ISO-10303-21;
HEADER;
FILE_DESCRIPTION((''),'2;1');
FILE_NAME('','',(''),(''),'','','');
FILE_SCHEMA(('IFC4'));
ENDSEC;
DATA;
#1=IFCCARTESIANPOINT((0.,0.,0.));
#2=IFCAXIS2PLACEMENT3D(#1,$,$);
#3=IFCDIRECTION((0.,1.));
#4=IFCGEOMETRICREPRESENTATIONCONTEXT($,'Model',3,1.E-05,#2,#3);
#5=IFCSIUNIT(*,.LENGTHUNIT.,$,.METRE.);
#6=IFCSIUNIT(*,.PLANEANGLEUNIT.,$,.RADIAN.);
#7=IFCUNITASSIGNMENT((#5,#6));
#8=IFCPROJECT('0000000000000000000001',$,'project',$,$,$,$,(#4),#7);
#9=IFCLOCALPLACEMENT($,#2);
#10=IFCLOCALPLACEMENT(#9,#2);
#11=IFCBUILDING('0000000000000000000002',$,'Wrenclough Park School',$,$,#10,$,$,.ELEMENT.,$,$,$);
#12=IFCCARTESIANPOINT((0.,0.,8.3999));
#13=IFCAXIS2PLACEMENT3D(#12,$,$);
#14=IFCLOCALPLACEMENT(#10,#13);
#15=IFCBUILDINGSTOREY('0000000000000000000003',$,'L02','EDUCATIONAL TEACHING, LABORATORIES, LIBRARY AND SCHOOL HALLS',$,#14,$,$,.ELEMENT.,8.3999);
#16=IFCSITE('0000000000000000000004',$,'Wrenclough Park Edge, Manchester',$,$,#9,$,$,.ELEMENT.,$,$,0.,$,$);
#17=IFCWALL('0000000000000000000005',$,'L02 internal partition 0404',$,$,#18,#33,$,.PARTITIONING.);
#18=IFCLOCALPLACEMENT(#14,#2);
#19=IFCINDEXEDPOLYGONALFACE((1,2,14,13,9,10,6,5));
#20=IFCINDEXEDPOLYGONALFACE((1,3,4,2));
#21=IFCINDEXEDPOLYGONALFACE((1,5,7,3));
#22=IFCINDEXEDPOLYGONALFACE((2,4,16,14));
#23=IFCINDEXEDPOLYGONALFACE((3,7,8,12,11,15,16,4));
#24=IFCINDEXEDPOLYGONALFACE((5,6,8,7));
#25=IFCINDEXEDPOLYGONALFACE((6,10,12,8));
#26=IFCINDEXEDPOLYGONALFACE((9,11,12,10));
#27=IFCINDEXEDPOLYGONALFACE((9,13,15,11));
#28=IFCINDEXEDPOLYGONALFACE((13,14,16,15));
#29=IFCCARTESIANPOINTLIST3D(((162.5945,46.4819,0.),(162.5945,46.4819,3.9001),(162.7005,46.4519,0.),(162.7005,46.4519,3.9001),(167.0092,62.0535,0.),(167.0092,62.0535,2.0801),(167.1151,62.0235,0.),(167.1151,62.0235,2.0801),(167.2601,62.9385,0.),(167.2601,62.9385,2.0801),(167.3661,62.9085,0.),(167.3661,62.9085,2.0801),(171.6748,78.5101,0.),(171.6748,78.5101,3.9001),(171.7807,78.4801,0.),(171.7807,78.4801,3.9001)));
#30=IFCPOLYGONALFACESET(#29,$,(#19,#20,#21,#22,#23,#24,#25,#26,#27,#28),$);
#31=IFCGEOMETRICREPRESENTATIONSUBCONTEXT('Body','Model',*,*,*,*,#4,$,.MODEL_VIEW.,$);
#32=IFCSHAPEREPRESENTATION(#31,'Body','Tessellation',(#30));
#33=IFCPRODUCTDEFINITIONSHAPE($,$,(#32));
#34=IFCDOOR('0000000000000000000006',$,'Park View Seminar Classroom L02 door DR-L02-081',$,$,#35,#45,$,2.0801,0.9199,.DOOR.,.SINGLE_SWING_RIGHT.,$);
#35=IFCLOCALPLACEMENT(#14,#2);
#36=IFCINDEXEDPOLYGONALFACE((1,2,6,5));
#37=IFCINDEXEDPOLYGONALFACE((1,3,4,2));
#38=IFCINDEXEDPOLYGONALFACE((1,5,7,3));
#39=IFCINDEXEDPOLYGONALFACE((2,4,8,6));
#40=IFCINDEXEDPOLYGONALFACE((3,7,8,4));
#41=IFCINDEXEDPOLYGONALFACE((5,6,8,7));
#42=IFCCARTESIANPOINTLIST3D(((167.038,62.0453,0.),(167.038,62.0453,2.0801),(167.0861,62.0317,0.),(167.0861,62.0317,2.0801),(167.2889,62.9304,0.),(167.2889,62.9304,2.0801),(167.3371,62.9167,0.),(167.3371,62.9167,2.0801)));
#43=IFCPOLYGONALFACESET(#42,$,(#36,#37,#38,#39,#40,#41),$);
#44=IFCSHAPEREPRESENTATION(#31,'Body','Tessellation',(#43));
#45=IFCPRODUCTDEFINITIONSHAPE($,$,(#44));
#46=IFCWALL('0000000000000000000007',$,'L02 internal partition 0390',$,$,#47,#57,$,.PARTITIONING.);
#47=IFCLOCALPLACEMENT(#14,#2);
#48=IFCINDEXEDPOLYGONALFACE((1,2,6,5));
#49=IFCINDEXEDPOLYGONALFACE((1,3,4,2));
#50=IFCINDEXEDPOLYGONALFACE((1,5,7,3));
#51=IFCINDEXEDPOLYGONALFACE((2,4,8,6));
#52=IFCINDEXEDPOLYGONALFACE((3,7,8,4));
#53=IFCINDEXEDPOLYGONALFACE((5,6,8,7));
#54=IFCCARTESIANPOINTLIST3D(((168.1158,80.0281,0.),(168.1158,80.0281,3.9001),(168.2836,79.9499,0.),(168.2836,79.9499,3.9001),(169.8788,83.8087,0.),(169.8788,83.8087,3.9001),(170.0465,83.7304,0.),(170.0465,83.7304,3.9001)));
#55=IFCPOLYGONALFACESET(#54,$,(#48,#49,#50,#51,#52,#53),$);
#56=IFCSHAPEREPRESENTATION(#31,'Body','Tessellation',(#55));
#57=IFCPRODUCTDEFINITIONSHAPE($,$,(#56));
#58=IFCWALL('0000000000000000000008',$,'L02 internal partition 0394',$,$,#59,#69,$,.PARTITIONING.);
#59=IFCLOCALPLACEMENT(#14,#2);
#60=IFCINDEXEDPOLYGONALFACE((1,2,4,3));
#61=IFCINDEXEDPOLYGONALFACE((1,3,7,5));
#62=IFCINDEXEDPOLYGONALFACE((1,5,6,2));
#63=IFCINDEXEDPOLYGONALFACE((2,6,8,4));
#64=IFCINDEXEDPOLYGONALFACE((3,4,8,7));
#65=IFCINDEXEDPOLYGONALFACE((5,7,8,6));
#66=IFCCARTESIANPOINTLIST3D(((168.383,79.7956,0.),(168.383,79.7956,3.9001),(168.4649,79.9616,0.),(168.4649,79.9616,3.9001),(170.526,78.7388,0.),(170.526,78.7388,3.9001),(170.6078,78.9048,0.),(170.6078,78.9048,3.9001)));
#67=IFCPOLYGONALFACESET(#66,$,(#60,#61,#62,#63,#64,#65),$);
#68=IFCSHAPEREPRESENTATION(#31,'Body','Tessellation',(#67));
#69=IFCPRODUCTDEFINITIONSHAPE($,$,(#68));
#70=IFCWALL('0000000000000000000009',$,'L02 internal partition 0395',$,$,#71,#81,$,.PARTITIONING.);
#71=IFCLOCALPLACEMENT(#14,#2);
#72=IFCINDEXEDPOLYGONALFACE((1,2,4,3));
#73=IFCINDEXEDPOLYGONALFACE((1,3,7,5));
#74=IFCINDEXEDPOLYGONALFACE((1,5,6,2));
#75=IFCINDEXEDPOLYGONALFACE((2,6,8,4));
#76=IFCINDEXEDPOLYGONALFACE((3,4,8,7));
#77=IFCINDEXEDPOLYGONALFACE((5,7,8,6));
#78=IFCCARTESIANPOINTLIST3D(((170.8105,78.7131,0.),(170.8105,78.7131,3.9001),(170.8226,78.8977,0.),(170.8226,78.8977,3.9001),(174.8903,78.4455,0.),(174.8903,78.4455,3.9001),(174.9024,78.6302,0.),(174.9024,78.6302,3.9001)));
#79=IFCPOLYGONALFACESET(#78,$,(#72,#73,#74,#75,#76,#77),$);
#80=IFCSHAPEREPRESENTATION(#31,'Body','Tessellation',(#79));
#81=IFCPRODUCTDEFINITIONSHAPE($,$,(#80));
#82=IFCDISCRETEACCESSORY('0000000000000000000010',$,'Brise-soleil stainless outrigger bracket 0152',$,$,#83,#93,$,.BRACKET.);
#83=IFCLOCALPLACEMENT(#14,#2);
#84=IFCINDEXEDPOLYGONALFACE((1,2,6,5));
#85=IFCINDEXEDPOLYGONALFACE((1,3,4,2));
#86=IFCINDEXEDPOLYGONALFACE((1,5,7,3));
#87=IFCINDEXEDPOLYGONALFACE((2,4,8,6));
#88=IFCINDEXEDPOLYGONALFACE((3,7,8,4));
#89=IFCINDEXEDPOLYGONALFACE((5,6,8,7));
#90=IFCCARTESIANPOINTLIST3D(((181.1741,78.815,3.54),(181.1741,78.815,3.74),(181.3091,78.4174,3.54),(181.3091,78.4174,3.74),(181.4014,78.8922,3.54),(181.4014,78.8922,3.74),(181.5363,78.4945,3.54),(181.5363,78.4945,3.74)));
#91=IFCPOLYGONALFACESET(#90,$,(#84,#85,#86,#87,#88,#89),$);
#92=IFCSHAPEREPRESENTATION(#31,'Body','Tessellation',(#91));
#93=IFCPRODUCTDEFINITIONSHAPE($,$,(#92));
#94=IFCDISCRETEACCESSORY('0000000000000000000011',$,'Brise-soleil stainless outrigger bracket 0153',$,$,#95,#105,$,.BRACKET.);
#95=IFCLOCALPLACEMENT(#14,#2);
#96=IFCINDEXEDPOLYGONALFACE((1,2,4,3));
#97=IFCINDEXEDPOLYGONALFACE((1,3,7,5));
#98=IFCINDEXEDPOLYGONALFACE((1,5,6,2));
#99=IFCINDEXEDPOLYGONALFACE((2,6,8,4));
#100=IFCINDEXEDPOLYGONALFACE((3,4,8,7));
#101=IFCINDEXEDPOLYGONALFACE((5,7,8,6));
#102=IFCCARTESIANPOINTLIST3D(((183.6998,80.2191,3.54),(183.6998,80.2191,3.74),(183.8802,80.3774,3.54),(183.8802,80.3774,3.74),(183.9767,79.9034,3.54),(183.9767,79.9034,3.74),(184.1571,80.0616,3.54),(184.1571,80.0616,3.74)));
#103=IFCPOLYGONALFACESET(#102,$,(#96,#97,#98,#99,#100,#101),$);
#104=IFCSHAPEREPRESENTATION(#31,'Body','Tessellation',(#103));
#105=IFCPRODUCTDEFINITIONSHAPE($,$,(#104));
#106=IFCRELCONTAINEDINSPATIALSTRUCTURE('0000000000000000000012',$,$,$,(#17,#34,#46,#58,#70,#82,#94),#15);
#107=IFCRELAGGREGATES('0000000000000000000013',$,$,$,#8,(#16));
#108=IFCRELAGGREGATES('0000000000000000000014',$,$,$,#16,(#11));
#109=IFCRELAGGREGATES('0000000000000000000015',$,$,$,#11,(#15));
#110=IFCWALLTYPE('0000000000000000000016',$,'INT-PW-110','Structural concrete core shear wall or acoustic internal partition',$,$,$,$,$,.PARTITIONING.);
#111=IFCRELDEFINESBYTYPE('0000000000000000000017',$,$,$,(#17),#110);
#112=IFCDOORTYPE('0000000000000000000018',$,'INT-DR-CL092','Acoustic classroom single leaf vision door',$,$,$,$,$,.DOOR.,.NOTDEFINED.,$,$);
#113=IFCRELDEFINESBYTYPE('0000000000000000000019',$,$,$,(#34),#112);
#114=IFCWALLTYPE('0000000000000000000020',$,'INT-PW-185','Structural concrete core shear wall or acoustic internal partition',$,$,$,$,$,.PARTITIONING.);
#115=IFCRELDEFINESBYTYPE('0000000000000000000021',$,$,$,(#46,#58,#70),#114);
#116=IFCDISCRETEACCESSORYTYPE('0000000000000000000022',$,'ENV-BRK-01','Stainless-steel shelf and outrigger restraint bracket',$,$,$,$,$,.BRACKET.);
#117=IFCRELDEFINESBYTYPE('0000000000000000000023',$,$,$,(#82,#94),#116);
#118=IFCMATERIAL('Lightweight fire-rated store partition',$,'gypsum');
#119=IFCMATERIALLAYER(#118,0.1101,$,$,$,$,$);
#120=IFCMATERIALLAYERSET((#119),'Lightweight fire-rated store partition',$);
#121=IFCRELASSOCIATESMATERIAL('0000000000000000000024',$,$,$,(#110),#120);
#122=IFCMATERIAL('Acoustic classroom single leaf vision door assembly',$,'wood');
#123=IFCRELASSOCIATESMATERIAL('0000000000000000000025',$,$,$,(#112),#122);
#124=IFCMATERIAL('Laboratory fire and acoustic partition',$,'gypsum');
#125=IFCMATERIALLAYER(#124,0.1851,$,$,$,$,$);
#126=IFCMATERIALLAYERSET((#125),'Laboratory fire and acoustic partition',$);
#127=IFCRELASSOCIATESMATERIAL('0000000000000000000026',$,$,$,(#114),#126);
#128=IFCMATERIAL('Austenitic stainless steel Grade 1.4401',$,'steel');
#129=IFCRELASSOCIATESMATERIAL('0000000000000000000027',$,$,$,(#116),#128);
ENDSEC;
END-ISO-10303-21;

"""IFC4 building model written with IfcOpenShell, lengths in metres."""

from ifc_helpers import new_model, si_unit, direction, frame, frame_2d, origin, origin_2d, place, context, subcontext, project, spatial, rectangle, extrude, material, layer, layer_set, type_object, element, fill, save


model = new_model("IFC4")

# Units and contexts
model_context = context("Model", 3, precision=1e-05, world=origin(), true_north=direction((0.0, 1.0)))
body_context = subcontext(model_context, "Body", "Model", "MODEL_VIEW")
ifc_project = project(units=[si_unit("LENGTHUNIT", "METRE"), si_unit("PLANEANGLEUNIT", "RADIAN")], contexts=[model_context])

# Site, building, storey
site_placement = place(None, origin())
site = spatial("IfcSite", under=ifc_project, at=site_placement, Name="Wrenclough Park Edge, Manchester", CompositionType="ELEMENT", RefElevation=0.0)
building_placement = place(site_placement, origin())
building = spatial("IfcBuilding", under=site, at=building_placement, Name="Wrenclough Park School", CompositionType="ELEMENT")
storey_placement = place(building_placement, frame((0.0, 0.0, 8.3999)))
storey = spatial("IfcBuildingStorey", under=building, at=storey_placement, Name="L02", Description="EDUCATIONAL TEACHING, LABORATORIES, LIBRARY AND SCHOOL HALLS", CompositionType="ELEMENT", Elevation=8.3999)

# Wall, opening, door
ifc_material_1 = material(Name="Lightweight fire-rated store partition", Category="gypsum")
ifc_layer_1 = layer(ifc_material_1, 0.1101)
ifc_layer_set_1 = layer_set([ifc_layer_1], Name="Lightweight fire-rated store partition")
wall_type_1 = type_object("IfcWallType", Name="INT-PW-110", Description="Structural concrete core shear wall or acoustic internal partition", PredefinedType="PARTITIONING", material=ifc_layer_set_1)
wall_1_placement = place(storey_placement, frame((171.7278, 78.4951, 0.0), z_axis=(0.0, 0.0, 1.0), x_axis=(-0.272759, -0.962082, 0.0)))
wall_1 = element("IfcWall", 1, at=wall_1_placement, inside=storey, type_object=wall_type_1, Name="L02 internal partition 0404", PredefinedType="PARTITIONING", context=body_context, shape_type="SweptSolid", body=[
    extrude(rectangle(XDim=33.2905, YDim=0.1101, at=frame_2d((16.6453, 0.0))), origin(), (0.0, 0.0, 1.0), 3.9001),
])
opening_1_placement = place(wall_1_placement, frame((16.1853, 0.0, 0.0)))
opening_1 = element("IfcOpeningElement", 2, at=opening_1_placement, cuts=wall_1, PredefinedType="OPENING", context=body_context, shape_type="SweptSolid", body=[
    extrude(rectangle(XDim=0.9199, YDim=2.0801, at=frame_2d((0.46, 1.04))), frame((0.0, 0.0649, 0.0), z_axis=(0.0, -1.0, 0.0), x_axis=(1.0, 0.0, 0.0)), (0.0, 0.0, 1.0), 0.1301),
])
ifc_material_2 = material(Name="Acoustic classroom single leaf vision door assembly", Category="wood")
door_type = type_object("IfcDoorType", Name="INT-DR-CL092", Description="Acoustic classroom single leaf vision door", OperationType="NOTDEFINED", PredefinedType="DOOR", material=ifc_material_2)
door_placement = place(opening_1_placement, origin())
door = element("IfcDoor", 3, at=door_placement, inside=storey, type_object=door_type, Name="Park View Seminar Classroom L02 door DR-L02-081", OperationType="SINGLE_SWING_RIGHT", OverallHeight=2.0801, OverallWidth=0.9199, PredefinedType="DOOR", context=body_context, shape_type="SweptSolid", body=[
    extrude(rectangle(XDim=0.9199, YDim=2.0801, at=frame_2d((0.46, 1.04))), frame((0.0, 0.0249, 0.0), z_axis=(0.0, -1.0, 0.0), x_axis=(1.0, 0.0, 0.0)), (0.0, 0.0, 1.0), 0.05),
])
fill(opening_1, door)

# Walls
ifc_material_3 = material(Name="Laboratory fire and acoustic partition", Category="gypsum")
ifc_layer_2 = layer(ifc_material_3, 0.1851)
ifc_layer_set_2 = layer_set([ifc_layer_2], Name="Laboratory fire and acoustic partition")
wall_type_2 = type_object("IfcWallType", Name="INT-PW-185", Description="Structural concrete core shear wall or acoustic internal partition", PredefinedType="PARTITIONING", material=ifc_layer_set_2)
wall_2_placement = place(storey_placement, frame((168.1997, 79.989, 0.0), z_axis=(0.0, 0.0, 1.0), x_axis=(0.422629, 0.906303, 0.0)))
element("IfcWall", 4, at=wall_2_placement, inside=storey, type_object=wall_type_2, Name="L02 internal partition 0390", PredefinedType="PARTITIONING", context=body_context, shape_type="SweptSolid", body=[
    extrude(rectangle(XDim=4.1714, YDim=0.1851, at=frame_2d((2.0857, 0.0))), origin(), (0.0, 0.0, 1.0), 3.9001),
])
wall_3_placement = place(storey_placement, frame((168.4238, 79.8787, 0.0), z_axis=(0.0, 0.0, 1.0), x_axis=(0.896866, -0.442303, 0.0)))
element("IfcWall", 5, at=wall_3_placement, inside=storey, type_object=wall_type_2, Name="L02 internal partition 0394", PredefinedType="PARTITIONING", context=body_context, shape_type="SweptSolid", body=[
    extrude(rectangle(XDim=2.3894, YDim=0.1851, at=frame_2d((1.1948, 0.0))), origin(), (0.0, 0.0, 1.0), 3.9001),
])
wall_4_placement = place(storey_placement, frame((170.8164, 78.8054, 0.0), z_axis=(0.0, 0.0, 1.0), x_axis=(0.997856, -0.065445, 0.0)))
element("IfcWall", 6, at=wall_4_placement, inside=storey, type_object=wall_type_2, Name="L02 internal partition 0395", PredefinedType="PARTITIONING", context=body_context, shape_type="SweptSolid", body=[
    extrude(rectangle(XDim=4.0886, YDim=0.1851, at=frame_2d((2.0444, 0.0))), origin(), (0.0, 0.0, 1.0), 3.9001),
])

# Discrete accessories
ifc_material_4 = material(Name="Austenitic stainless steel Grade 1.4401", Category="steel")
discrete_accessory_type = type_object("IfcDiscreteAccessoryType", Name="ENV-BRK-01", Description="Stainless-steel shelf and outrigger restraint bracket", PredefinedType="BRACKET", material=ifc_material_4)
for number, where, z_axis, x_axis, name in (
    (7, (181.3552, 78.6548, 3.54), (0.0, 0.0, 1.0), (0.94693, 0.321441, 0.0), "Brise-soleil stainless outrigger bracket 0152"),
    (8, (183.9285, 80.1404, 3.54), (0.0, 0.0, 1.0), (0.751841, 0.659344, 0.0), "Brise-soleil stainless outrigger bracket 0153"),
):
    element("IfcDiscreteAccessory", number, at=place(storey_placement, frame(where, z_axis=z_axis, x_axis=x_axis)), inside=storey, type_object=discrete_accessory_type, Name=name, PredefinedType="BRACKET", context=body_context, shape_type="SweptSolid", body=[
        extrude(rectangle(XDim=0.24, YDim=0.4199, at=origin_2d()), origin(), (0.0, 0.0, 1.0), 0.2),
    ])

save(model, "model.ifc")
